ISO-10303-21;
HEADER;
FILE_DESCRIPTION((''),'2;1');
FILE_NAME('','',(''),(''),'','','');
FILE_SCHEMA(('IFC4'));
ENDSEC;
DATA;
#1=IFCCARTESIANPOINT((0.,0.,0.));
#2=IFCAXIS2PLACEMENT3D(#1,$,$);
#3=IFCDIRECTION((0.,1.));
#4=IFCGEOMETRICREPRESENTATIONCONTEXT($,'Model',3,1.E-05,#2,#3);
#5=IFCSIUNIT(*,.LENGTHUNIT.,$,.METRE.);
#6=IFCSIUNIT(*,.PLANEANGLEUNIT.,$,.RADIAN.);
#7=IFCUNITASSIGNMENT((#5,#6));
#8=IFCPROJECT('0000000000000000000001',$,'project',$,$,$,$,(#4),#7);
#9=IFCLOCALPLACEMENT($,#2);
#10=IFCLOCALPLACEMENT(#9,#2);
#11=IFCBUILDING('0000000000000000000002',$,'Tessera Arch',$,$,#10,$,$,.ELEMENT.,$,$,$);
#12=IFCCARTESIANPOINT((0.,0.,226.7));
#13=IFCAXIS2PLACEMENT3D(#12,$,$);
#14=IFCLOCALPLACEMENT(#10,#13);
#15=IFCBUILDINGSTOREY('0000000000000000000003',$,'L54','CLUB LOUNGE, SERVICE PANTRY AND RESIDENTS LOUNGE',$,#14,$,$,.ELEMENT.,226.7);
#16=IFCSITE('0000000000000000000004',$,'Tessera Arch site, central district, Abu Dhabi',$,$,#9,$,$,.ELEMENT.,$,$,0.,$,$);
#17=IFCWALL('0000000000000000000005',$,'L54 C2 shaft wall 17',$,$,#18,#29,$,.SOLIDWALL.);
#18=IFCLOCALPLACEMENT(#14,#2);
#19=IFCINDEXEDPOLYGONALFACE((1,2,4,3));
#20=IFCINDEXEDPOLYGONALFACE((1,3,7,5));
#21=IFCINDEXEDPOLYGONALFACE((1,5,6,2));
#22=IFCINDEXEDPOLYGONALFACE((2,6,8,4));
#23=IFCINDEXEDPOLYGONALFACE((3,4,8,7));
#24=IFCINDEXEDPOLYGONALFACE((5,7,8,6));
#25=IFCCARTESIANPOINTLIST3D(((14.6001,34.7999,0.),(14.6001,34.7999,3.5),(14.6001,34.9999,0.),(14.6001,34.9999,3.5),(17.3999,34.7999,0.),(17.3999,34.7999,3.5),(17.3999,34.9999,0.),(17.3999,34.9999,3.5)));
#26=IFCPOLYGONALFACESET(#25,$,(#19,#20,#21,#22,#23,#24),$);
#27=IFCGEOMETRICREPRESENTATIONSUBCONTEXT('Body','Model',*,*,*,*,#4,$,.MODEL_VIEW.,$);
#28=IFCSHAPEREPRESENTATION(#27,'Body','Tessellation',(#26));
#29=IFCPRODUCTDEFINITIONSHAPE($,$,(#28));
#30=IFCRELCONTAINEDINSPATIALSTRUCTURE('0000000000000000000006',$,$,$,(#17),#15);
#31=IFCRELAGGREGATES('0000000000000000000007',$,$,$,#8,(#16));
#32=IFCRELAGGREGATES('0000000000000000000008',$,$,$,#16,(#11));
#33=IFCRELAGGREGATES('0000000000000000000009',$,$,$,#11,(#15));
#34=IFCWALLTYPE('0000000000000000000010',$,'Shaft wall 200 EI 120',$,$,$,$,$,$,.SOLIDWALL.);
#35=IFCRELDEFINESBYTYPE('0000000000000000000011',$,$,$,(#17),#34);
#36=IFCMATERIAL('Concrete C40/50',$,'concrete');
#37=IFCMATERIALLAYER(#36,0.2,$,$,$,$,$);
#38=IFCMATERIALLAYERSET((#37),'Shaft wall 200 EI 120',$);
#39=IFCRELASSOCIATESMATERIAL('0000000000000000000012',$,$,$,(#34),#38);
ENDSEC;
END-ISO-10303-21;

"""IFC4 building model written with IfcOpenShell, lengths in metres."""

from ifc_helpers import new_model, si_unit, direction, frame, frame_2d, origin, place, context, subcontext, project, spatial, rectangle, extrude, material, layer, layer_set, type_object, element, save


model = new_model("IFC4")

# Units and contexts
model_context = context("Model", 3, precision=1e-05, world=origin(), true_north=direction((0.0, 1.0)))
body_context = subcontext(model_context, "Body", "Model", "MODEL_VIEW")
ifc_project = project(units=[si_unit("LENGTHUNIT", "METRE"), si_unit("PLANEANGLEUNIT", "RADIAN")], contexts=[model_context])

# Site, building, storey
site_placement = place(None, origin())
site = spatial("IfcSite", under=ifc_project, at=site_placement, Name="Tessera Arch site, central district, Abu Dhabi", CompositionType="ELEMENT", RefElevation=0.0)
building_placement = place(site_placement, origin())
building = spatial("IfcBuilding", under=site, at=building_placement, Name="Tessera Arch", CompositionType="ELEMENT")
storey_placement = place(building_placement, frame((0.0, 0.0, 226.7)))
storey = spatial("IfcBuildingStorey", under=building, at=storey_placement, Name="L54", Description="CLUB LOUNGE, SERVICE PANTRY AND RESIDENTS LOUNGE", CompositionType="ELEMENT", Elevation=226.7)

# Wall
ifc_material_1 = material(Name="Concrete C40/50", Category="concrete")
ifc_layer_1 = layer(ifc_material_1, 0.2)
ifc_layer_set_1 = layer_set([ifc_layer_1], Name="Shaft wall 200 EI 120")
wall_type_1 = type_object("IfcWallType", Name="Shaft wall 200 EI 120", PredefinedType="SOLIDWALL", material=ifc_layer_set_1)
for number, where, z_axis, x_axis, name in (
    (1, (14.6001, 34.8999, 0.0), (0.0, 0.0, 1.0), (1.0, 0.0, 0.0), "L54 C2 shaft wall 17"),
):
    element("IfcWall", number, at=place(storey_placement, frame(where, z_axis=z_axis, x_axis=x_axis)), inside=storey, type_object=wall_type_1, Name=name, PredefinedType="SOLIDWALL", context=body_context, shape_type="SweptSolid", body=[
        extrude(rectangle(XDim=2.7998, YDim=0.2, at=frame_2d((1.3999, 0.0))), origin(), (0.0, 0.0, 1.0), 3.5),
    ])

save(model, "model.ifc")
